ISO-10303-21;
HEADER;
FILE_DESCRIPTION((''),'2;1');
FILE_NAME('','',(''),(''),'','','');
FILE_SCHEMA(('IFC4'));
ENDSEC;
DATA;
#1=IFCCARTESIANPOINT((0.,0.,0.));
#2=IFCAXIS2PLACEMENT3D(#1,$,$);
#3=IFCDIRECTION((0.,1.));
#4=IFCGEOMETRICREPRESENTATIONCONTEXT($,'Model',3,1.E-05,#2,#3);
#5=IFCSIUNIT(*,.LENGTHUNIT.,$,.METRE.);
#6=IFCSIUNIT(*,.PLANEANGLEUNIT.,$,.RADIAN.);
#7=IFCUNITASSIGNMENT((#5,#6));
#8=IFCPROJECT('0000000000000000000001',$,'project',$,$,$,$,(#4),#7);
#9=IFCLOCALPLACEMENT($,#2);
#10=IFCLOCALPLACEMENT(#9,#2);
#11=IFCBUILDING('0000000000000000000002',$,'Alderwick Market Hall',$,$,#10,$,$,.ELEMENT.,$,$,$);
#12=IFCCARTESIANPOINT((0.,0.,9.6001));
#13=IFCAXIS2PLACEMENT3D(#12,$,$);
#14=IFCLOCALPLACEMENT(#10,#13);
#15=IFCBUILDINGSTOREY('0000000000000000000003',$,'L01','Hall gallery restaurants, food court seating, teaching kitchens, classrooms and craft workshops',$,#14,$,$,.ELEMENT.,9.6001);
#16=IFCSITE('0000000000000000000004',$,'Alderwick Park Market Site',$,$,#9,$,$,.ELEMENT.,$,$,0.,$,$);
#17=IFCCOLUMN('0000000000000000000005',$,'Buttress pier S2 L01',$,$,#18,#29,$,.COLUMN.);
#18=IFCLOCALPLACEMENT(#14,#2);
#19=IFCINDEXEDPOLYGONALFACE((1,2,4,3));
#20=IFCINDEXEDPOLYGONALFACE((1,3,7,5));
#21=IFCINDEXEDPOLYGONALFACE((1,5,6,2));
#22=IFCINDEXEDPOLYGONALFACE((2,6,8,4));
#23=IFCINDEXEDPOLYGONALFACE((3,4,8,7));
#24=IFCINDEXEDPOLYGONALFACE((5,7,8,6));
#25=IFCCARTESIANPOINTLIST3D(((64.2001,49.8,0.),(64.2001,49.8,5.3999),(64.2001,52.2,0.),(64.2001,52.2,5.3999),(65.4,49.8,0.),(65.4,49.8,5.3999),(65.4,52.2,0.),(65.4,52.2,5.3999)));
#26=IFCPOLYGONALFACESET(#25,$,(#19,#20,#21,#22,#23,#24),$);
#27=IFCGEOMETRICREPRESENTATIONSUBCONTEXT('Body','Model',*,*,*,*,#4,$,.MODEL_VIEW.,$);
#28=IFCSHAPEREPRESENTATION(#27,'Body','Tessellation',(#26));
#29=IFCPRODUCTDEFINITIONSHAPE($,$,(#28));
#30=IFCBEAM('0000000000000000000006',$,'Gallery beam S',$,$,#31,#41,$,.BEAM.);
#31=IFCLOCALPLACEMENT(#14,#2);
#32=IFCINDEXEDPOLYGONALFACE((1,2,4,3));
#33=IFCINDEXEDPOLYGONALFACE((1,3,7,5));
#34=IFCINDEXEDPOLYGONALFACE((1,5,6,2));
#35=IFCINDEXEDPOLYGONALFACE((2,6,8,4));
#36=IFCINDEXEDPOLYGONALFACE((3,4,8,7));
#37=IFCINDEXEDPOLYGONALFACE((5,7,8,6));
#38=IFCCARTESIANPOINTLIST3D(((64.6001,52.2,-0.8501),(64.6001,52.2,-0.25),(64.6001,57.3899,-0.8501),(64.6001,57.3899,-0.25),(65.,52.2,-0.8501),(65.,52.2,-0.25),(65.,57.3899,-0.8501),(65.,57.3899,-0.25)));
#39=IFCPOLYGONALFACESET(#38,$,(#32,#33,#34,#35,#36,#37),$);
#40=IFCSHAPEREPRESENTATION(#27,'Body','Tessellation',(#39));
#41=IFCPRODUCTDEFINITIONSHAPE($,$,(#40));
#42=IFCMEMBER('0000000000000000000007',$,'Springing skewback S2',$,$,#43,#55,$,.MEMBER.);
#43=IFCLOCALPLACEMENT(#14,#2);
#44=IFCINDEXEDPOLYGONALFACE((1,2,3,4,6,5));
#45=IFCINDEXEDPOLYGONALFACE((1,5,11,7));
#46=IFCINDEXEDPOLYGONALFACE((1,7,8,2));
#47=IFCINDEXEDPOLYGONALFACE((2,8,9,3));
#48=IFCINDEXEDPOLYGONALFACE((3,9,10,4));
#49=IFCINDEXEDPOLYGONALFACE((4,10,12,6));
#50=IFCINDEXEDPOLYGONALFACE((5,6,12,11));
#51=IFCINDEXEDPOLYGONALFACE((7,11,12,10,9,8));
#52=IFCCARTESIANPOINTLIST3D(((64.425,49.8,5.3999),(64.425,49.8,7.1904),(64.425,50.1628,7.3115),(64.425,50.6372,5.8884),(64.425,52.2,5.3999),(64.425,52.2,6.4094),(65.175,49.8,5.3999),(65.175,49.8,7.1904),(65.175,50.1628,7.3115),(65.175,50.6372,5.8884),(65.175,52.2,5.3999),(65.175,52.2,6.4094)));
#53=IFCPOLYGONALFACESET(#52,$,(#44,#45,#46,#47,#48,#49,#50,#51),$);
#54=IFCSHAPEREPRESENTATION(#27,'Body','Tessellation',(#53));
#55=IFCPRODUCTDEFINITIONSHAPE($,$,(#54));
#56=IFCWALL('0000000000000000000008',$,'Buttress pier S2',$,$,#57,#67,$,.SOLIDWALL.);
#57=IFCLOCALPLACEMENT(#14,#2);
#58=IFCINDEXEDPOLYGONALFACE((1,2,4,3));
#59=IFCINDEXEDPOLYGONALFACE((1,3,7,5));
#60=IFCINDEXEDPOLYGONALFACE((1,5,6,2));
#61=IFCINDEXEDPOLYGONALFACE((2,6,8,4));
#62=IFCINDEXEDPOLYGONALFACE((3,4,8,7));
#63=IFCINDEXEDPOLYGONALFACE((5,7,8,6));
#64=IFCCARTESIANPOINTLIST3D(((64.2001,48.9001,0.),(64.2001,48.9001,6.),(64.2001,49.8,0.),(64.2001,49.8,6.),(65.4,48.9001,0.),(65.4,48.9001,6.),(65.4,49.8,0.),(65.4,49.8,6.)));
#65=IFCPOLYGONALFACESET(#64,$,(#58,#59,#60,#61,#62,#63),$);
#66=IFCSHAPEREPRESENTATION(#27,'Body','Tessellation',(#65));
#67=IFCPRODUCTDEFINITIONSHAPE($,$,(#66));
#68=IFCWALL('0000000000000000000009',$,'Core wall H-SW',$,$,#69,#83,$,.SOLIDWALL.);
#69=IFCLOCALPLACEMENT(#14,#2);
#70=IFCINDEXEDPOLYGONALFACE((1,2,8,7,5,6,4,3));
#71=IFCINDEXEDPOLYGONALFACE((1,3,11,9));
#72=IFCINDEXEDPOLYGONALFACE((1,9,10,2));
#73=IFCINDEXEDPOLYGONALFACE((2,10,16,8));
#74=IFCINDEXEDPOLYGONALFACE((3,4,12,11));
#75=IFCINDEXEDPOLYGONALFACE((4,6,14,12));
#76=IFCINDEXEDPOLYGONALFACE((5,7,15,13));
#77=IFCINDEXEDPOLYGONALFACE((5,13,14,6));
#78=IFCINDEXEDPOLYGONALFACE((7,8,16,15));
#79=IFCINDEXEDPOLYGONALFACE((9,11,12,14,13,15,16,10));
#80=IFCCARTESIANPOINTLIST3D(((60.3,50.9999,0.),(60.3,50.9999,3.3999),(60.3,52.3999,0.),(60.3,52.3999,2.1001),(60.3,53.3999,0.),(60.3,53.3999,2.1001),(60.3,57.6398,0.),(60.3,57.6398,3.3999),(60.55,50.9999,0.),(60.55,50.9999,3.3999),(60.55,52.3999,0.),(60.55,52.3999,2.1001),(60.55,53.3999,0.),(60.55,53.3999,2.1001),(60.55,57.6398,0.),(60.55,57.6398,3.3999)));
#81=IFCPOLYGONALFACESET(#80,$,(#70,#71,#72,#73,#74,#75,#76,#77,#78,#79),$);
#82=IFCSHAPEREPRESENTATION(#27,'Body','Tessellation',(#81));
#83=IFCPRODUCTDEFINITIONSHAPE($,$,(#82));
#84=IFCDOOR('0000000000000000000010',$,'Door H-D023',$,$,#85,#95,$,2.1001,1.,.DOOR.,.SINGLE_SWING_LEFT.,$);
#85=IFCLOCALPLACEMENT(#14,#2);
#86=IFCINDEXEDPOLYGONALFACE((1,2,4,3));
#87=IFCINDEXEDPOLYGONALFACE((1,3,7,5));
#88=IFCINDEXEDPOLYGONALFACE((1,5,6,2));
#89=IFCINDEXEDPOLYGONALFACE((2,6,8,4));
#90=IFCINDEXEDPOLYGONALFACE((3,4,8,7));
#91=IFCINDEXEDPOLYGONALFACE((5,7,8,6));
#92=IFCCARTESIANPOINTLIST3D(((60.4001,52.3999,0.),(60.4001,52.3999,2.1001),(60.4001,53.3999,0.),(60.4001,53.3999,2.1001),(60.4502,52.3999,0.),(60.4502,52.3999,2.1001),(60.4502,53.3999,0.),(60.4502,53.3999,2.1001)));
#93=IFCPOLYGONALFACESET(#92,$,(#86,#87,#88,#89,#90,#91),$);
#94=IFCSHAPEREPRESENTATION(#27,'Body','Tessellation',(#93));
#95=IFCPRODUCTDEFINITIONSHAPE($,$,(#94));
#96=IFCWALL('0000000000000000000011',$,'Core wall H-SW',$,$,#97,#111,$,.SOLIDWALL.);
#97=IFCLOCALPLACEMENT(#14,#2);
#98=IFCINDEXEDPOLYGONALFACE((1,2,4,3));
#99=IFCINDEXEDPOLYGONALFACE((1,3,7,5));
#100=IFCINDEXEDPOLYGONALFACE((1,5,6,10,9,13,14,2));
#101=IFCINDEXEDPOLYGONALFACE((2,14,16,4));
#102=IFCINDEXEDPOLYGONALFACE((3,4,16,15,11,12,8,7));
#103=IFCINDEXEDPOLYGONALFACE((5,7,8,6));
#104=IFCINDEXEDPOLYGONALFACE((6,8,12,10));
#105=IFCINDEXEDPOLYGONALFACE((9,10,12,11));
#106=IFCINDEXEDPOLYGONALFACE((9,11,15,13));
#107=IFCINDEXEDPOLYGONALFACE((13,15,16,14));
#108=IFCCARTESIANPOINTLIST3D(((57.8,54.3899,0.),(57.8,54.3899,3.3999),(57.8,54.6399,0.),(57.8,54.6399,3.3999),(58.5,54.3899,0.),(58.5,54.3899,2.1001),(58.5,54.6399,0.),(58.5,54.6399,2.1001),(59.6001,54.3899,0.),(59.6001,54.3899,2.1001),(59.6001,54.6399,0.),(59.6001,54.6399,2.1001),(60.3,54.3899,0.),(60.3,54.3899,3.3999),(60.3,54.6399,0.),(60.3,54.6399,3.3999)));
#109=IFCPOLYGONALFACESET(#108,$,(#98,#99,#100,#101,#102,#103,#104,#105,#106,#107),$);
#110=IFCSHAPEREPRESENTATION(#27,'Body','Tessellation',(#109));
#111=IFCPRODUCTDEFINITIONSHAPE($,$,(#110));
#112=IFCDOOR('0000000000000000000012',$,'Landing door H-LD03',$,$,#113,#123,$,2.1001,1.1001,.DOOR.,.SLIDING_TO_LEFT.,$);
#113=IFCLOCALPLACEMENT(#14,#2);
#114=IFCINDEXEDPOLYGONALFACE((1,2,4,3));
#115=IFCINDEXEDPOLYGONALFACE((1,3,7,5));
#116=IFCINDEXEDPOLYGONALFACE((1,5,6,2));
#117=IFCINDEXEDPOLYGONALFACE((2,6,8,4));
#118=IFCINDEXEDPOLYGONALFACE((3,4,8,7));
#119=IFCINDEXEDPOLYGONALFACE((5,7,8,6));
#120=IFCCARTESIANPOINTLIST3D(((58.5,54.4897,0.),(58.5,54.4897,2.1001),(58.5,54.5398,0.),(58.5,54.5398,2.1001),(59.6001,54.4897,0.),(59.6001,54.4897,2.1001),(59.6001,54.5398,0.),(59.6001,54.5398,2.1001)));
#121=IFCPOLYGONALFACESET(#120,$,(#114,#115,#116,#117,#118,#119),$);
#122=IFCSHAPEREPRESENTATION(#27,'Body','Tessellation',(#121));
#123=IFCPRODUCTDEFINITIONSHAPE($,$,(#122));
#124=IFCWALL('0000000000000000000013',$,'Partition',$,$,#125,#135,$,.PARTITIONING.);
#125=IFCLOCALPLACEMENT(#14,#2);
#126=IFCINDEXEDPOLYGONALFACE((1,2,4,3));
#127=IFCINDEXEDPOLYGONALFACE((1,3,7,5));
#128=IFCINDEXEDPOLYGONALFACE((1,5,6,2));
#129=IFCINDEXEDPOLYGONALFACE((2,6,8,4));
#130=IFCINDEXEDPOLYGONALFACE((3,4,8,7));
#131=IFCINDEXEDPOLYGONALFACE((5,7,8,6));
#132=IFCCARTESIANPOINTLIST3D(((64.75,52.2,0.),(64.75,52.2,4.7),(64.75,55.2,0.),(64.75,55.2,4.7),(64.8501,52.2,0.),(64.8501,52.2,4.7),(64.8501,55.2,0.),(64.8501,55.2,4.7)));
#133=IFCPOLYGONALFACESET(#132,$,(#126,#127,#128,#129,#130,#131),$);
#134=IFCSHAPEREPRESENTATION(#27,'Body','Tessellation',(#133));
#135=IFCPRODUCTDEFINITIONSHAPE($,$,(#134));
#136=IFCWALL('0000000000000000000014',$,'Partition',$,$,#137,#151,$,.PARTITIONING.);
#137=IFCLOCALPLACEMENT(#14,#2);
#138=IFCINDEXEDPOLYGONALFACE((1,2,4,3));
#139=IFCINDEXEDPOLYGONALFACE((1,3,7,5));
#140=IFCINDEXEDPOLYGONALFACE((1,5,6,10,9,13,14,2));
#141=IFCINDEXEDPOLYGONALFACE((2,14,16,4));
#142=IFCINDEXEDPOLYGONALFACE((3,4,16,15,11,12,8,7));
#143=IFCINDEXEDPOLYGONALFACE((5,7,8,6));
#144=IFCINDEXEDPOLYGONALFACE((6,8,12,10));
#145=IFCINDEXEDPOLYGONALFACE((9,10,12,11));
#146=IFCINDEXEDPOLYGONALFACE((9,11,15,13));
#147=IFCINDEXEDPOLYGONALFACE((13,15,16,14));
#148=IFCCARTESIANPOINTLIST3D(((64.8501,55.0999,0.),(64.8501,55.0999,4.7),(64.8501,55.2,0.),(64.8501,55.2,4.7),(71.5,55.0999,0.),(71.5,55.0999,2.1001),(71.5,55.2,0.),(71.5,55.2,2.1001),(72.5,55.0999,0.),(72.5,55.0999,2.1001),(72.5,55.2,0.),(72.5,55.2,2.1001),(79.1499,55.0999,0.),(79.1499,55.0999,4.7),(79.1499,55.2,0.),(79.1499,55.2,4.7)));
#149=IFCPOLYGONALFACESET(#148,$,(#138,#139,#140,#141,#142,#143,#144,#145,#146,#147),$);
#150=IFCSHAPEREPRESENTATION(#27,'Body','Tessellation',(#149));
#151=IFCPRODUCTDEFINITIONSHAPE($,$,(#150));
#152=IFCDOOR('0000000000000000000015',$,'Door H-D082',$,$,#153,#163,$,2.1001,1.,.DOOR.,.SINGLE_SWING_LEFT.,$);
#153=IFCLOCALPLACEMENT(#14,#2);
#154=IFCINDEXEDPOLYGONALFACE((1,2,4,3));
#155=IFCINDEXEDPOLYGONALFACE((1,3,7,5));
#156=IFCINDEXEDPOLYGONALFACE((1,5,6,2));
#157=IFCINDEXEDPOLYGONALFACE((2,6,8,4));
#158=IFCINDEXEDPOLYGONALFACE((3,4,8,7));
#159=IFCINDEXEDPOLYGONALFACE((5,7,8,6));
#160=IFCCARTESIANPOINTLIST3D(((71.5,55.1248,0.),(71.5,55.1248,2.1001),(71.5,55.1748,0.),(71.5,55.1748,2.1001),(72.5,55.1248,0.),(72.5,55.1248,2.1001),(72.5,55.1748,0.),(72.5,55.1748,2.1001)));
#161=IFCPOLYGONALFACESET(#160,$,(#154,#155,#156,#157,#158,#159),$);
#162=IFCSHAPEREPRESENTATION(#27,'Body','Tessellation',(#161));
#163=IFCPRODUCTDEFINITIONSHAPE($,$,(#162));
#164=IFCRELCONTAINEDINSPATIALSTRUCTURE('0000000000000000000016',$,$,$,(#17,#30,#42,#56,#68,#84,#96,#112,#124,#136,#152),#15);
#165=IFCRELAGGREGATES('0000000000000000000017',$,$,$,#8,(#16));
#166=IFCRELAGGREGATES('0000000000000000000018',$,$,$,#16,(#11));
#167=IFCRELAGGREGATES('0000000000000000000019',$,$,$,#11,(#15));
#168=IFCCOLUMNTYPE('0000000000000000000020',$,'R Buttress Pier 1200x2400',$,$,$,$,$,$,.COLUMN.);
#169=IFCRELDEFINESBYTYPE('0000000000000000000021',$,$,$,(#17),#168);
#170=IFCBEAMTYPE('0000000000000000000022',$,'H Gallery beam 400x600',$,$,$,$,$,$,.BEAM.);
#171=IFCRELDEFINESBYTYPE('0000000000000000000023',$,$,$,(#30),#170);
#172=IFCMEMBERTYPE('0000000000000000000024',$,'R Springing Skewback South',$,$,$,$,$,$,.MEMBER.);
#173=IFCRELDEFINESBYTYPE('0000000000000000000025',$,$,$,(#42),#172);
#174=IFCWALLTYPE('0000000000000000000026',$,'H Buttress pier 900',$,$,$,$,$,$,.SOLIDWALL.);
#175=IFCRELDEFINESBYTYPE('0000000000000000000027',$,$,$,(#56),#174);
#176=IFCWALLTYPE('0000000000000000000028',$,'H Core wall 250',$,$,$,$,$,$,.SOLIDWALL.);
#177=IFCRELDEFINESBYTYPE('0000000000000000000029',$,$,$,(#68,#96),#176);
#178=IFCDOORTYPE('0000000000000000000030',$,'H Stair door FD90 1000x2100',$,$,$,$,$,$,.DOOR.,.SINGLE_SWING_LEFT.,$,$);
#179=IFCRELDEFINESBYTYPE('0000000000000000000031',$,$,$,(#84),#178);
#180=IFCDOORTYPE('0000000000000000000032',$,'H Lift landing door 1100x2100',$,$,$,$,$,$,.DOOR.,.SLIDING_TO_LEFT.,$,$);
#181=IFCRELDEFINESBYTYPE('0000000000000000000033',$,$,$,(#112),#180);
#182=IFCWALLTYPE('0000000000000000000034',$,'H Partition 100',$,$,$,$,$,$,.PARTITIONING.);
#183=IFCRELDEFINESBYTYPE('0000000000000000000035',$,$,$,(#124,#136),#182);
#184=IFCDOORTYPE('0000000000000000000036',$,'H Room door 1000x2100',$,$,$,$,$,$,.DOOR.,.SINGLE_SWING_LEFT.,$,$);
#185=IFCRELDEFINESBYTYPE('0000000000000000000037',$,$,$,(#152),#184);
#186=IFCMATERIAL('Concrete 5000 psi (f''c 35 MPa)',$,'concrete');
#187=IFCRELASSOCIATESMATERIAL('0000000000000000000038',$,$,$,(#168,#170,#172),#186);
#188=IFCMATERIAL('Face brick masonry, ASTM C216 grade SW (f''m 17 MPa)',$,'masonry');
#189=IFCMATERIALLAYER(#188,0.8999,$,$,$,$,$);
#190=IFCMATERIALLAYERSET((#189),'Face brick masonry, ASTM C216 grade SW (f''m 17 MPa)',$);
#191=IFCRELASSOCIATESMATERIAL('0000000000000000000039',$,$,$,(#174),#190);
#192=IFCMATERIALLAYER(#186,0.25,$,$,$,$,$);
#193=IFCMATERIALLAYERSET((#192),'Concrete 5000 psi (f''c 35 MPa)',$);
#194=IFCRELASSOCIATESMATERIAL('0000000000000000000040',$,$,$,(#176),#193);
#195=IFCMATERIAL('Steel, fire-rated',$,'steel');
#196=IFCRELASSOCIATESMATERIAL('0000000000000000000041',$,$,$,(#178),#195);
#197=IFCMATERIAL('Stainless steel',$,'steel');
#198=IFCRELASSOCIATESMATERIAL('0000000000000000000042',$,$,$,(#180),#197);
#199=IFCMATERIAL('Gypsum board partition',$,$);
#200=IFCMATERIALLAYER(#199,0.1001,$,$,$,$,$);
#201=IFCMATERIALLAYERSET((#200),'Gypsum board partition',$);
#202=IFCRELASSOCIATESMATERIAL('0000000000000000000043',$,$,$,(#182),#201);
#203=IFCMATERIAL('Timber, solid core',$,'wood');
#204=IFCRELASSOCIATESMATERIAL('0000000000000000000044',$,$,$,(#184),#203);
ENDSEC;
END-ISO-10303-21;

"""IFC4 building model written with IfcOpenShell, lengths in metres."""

from ifc_helpers import new_model, si_unit, direction, frame, frame_2d, origin, origin_2d, place, context, subcontext, project, spatial, polyline, rectangle, outline, extrude, material, layer, layer_set, material_profile, profile_set, type_object, element, fill, save


model = new_model("IFC4")

# Units and contexts
model_context = context("Model", 3, precision=1e-05, world=origin(), true_north=direction((0.0, 1.0)))
body_context = subcontext(model_context, "Body", "Model", "MODEL_VIEW")
ifc_project = project(units=[si_unit("LENGTHUNIT", "METRE"), si_unit("PLANEANGLEUNIT", "RADIAN")], contexts=[model_context])

# Site, building, storey
site_placement = place(None, origin())
site = spatial("IfcSite", under=ifc_project, at=site_placement, Name="Alderwick Park Market Site", CompositionType="ELEMENT", RefElevation=0.0)
building_placement = place(site_placement, origin())
building = spatial("IfcBuilding", under=site, at=building_placement, Name="Alderwick Market Hall", CompositionType="ELEMENT")
storey_placement = place(building_placement, frame((0.0, 0.0, 9.6001)))
storey = spatial("IfcBuildingStorey", under=building, at=storey_placement, Name="L01", Description="Hall gallery restaurants, food court seating, teaching kitchens, classrooms and craft workshops", CompositionType="ELEMENT", Elevation=9.6001)

# Column
ifc_material_1 = material(Name="Concrete 5000 psi (f'c 35 MPa)", Category="concrete")
ifc_material_profile_1 = material_profile(ifc_material_1, rectangle(XDim=1.2, YDim=2.3999, at=origin_2d()), Name="RC 1200x2400")
ifc_profile_set_1 = profile_set([ifc_material_profile_1], Name="Concrete 5000 psi (f'c 35 MPa)")
column_type = type_object("IfcColumnType", Name="R Buttress Pier 1200x2400", PredefinedType="COLUMN", material=ifc_profile_set_1)
column_placement = place(storey_placement, frame((64.8, 51.0, 0.0), z_axis=(0.0, 0.0, 1.0), x_axis=(1.0, 0.0, 0.0)))
element("IfcColumn", 1, at=column_placement, inside=storey, type_object=column_type, Name="Buttress pier S2 L01", PredefinedType="COLUMN", context=body_context, shape_type="SweptSolid", body=[
    extrude(rectangle(XDim=1.2, YDim=2.3999, at=origin_2d()), origin(), (0.0, 0.0, 1.0), 5.3999),
])

# Beam
ifc_material_profile_2 = material_profile(ifc_material_1, rectangle(XDim=0.3999, YDim=0.6001, at=origin_2d()), Name="RC 400x600")
ifc_profile_set_2 = profile_set([ifc_material_profile_2], Name="Concrete 5000 psi (f'c 35 MPa)")
beam_type = type_object("IfcBeamType", Name="H Gallery beam 400x600", PredefinedType="BEAM", material=ifc_profile_set_2)
beam_placement = place(storey_placement, frame((64.8, 52.2, -0.55), z_axis=(0.0, 1.0, 0.0), x_axis=(-1.0, 0.0, 0.0)))
element("IfcBeam", 2, at=beam_placement, inside=storey, type_object=beam_type, Name="Gallery beam S", PredefinedType="BEAM", context=body_context, shape_type="SweptSolid", body=[
    extrude(rectangle(XDim=0.3999, YDim=0.6001, at=origin_2d()), origin(), (0.0, 0.0, 1.0), 5.1899),
])

# Member
ifc_material_profile_3 = material_profile(ifc_material_1, outline(polyline([(0.0, 0.0), (2.3999, 0.0), (2.3999, 1.0095), (0.8372, 0.4885), (0.3628, 1.9116), (0.0, 1.7905), (0.0, 0.0)])), Name="RC skewback S")
ifc_profile_set_3 = profile_set([ifc_material_profile_3], Name="Concrete 5000 psi (f'c 35 MPa)")
member_type = type_object("IfcMemberType", Name="R Springing Skewback South", PredefinedType="MEMBER", material=ifc_profile_set_3)
member_placement = place(storey_placement, frame((64.425, 49.8, 5.3999), z_axis=(1.0, 0.0, 0.0), x_axis=(0.0, 1.0, 0.0)))
element("IfcMember", 3, at=member_placement, inside=storey, type_object=member_type, Name="Springing skewback S2", PredefinedType="MEMBER", context=body_context, shape_type="SweptSolid", body=[
    extrude(outline(polyline([(0.0, 0.0), (2.3999, 0.0), (2.3999, 1.0095), (0.8372, 0.4885), (0.3628, 1.9116), (0.0, 1.7905), (0.0, 0.0)])), origin(), (0.0, 0.0, 1.0), 0.75),
])

# Wall
ifc_material_2 = material(Name="Face brick masonry, ASTM C216 grade SW (f'm 17 MPa)", Category="masonry")
ifc_layer_1 = layer(ifc_material_2, 0.8999)
ifc_layer_set_1 = layer_set([ifc_layer_1], Name="Face brick masonry, ASTM C216 grade SW (f'm 17 MPa)")
wall_type_1 = type_object("IfcWallType", Name="H Buttress pier 900", PredefinedType="SOLIDWALL", material=ifc_layer_set_1)
wall_1_placement = place(storey_placement, frame((64.2, 49.3501, 0.0), z_axis=(0.0, 0.0, 1.0), x_axis=(1.0, 0.0, 0.0)))
element("IfcWall", 4, at=wall_1_placement, inside=storey, type_object=wall_type_1, Name="Buttress pier S2", PredefinedType="SOLIDWALL", context=body_context, shape_type="SweptSolid", body=[
    extrude(rectangle(XDim=1.2, YDim=0.8999, at=frame_2d((0.6001, 0.0))), origin(), (0.0, 0.0, 1.0), 6.0),
])

# Walls, openings, doors
ifc_layer_2 = layer(ifc_material_1, 0.25)
ifc_layer_set_2 = layer_set([ifc_layer_2], Name="Concrete 5000 psi (f'c 35 MPa)")
wall_type_2 = type_object("IfcWallType", Name="H Core wall 250", PredefinedType="SOLIDWALL", material=ifc_layer_set_2)
wall_2_placement = place(storey_placement, frame((60.425, 51.0, 0.0), z_axis=(0.0, 0.0, 1.0), x_axis=(0.0, 1.0, 0.0)))
wall_2 = element("IfcWall", 5, at=wall_2_placement, inside=storey, type_object=wall_type_2, Name="Core wall H-SW", PredefinedType="SOLIDWALL", context=body_context, shape_type="SweptSolid", body=[
    extrude(rectangle(XDim=6.6399, YDim=0.25, at=frame_2d((3.3198, 0.0))), origin(), (0.0, 0.0, 1.0), 3.3999),
])
opening_1_placement = place(wall_2_placement, frame((1.3999, 0.0, 0.0)))
opening_1 = element("IfcOpeningElement", 6, at=opening_1_placement, cuts=wall_2, PredefinedType="OPENING", context=body_context, shape_type="SweptSolid", body=[
    extrude(rectangle(XDim=1.0, YDim=2.1001, at=frame_2d((0.5, 1.05))), frame((0.0, 0.135, 0.0), z_axis=(0.0, -1.0, 0.0), x_axis=(1.0, 0.0, 0.0)), (0.0, 0.0, 1.0), 0.27),
])
ifc_material_3 = material(Name="Steel, fire-rated", Category="steel")
door_type_1 = type_object("IfcDoorType", Name="H Stair door FD90 1000x2100", OperationType="SINGLE_SWING_LEFT", PredefinedType="DOOR", material=ifc_material_3)
door_1_placement = place(opening_1_placement, origin())
door_1 = element("IfcDoor", 7, at=door_1_placement, inside=storey, type_object=door_type_1, Name="Door H-D023", OperationType="SINGLE_SWING_LEFT", OverallHeight=2.1001, OverallWidth=1.0, PredefinedType="DOOR", context=body_context, shape_type="SweptSolid", body=[
    extrude(rectangle(XDim=1.0, YDim=2.1001, at=frame_2d((0.5, 1.05))), frame((0.0, 0.0249, 0.0), z_axis=(0.0, -1.0, 0.0), x_axis=(1.0, 0.0, 0.0)), (0.0, 0.0, 1.0), 0.05),
])
fill(opening_1, door_1)
wall_3_placement = place(storey_placement, frame((57.8, 54.5149, 0.0), z_axis=(0.0, 0.0, 1.0), x_axis=(1.0, 0.0, 0.0)))
wall_3 = element("IfcWall", 8, at=wall_3_placement, inside=storey, type_object=wall_type_2, Name="Core wall H-SW", PredefinedType="SOLIDWALL", context=body_context, shape_type="SweptSolid", body=[
    extrude(rectangle(XDim=2.5, YDim=0.25, at=frame_2d((1.25, 0.0))), origin(), (0.0, 0.0, 1.0), 3.3999),
])
opening_2_placement = place(wall_3_placement, frame((0.7, 0.0, 0.0)))
opening_2 = element("IfcOpeningElement", 9, at=opening_2_placement, cuts=wall_3, PredefinedType="OPENING", context=body_context, shape_type="SweptSolid", body=[
    extrude(rectangle(XDim=1.1001, YDim=2.1001, at=frame_2d((0.55, 1.05))), frame((0.0, 0.135, 0.0), z_axis=(0.0, -1.0, 0.0), x_axis=(1.0, 0.0, 0.0)), (0.0, 0.0, 1.0), 0.27),
])
ifc_material_4 = material(Name="Stainless steel", Category="steel")
door_type_2 = type_object("IfcDoorType", Name="H Lift landing door 1100x2100", OperationType="SLIDING_TO_LEFT", PredefinedType="DOOR", material=ifc_material_4)
door_2_placement = place(opening_2_placement, origin())
door_2 = element("IfcDoor", 10, at=door_2_placement, inside=storey, type_object=door_type_2, Name="Landing door H-LD03", OperationType="SLIDING_TO_LEFT", OverallHeight=2.1001, OverallWidth=1.1001, PredefinedType="DOOR", context=body_context, shape_type="SweptSolid", body=[
    extrude(rectangle(XDim=1.1001, YDim=2.1001, at=frame_2d((0.55, 1.05))), frame((0.0, 0.0249, 0.0), z_axis=(0.0, -1.0, 0.0), x_axis=(1.0, 0.0, 0.0)), (0.0, 0.0, 1.0), 0.05),
])
fill(opening_2, door_2)

# Wall
ifc_material_5 = material(Name="Gypsum board partition")
ifc_layer_3 = layer(ifc_material_5, 0.1001)
ifc_layer_set_3 = layer_set([ifc_layer_3], Name="Gypsum board partition")
wall_type_3 = type_object("IfcWallType", Name="H Partition 100", PredefinedType="PARTITIONING", material=ifc_layer_set_3)
wall_4_placement = place(storey_placement, frame((64.8, 52.2, 0.0), z_axis=(0.0, 0.0, 1.0), x_axis=(0.0, 1.0, 0.0)))
element("IfcWall", 11, at=wall_4_placement, inside=storey, type_object=wall_type_3, Name="Partition", PredefinedType="PARTITIONING", context=body_context, shape_type="SweptSolid", body=[
    extrude(rectangle(XDim=3.0, YDim=0.1001, at=frame_2d((1.5, 0.0))), origin(), (0.0, 0.0, 1.0), 4.7),
])

# Wall, opening, door
wall_5_placement = place(storey_placement, frame((64.8501, 55.1499, 0.0), z_axis=(0.0, 0.0, 1.0), x_axis=(1.0, 0.0, 0.0)))
wall_5 = element("IfcWall", 12, at=wall_5_placement, inside=storey, type_object=wall_type_3, Name="Partition", PredefinedType="PARTITIONING", context=body_context, shape_type="SweptSolid", body=[
    extrude(rectangle(XDim=14.2998, YDim=0.1001, at=frame_2d((7.1499, 0.0))), origin(), (0.0, 0.0, 1.0), 4.7),
])
opening_3_placement = place(wall_5_placement, frame((6.6499, 0.0, 0.0)))
opening_3 = element("IfcOpeningElement", 13, at=opening_3_placement, cuts=wall_5, PredefinedType="OPENING", context=body_context, shape_type="SweptSolid", body=[
    extrude(rectangle(XDim=1.0, YDim=2.1001, at=frame_2d((0.5, 1.05))), frame((0.0, 0.0601, 0.0), z_axis=(0.0, -1.0, 0.0), x_axis=(1.0, 0.0, 0.0)), (0.0, 0.0, 1.0), 0.1201),
])
ifc_material_6 = material(Name="Timber, solid core", Category="wood")
door_type_3 = type_object("IfcDoorType", Name="H Room door 1000x2100", OperationType="SINGLE_SWING_LEFT", PredefinedType="DOOR", material=ifc_material_6)
door_3_placement = place(opening_3_placement, origin())
door_3 = element("IfcDoor", 14, at=door_3_placement, inside=storey, type_object=door_type_3, Name="Door H-D082", OperationType="SINGLE_SWING_LEFT", OverallHeight=2.1001, OverallWidth=1.0, PredefinedType="DOOR", context=body_context, shape_type="SweptSolid", body=[
    extrude(rectangle(XDim=1.0, YDim=2.1001, at=frame_2d((0.5, 1.05))), frame((0.0, 0.0249, 0.0), z_axis=(0.0, -1.0, 0.0), x_axis=(1.0, 0.0, 0.0)), (0.0, 0.0, 1.0), 0.05),
])
fill(opening_3, door_3)

save(model, "model.ifc")
